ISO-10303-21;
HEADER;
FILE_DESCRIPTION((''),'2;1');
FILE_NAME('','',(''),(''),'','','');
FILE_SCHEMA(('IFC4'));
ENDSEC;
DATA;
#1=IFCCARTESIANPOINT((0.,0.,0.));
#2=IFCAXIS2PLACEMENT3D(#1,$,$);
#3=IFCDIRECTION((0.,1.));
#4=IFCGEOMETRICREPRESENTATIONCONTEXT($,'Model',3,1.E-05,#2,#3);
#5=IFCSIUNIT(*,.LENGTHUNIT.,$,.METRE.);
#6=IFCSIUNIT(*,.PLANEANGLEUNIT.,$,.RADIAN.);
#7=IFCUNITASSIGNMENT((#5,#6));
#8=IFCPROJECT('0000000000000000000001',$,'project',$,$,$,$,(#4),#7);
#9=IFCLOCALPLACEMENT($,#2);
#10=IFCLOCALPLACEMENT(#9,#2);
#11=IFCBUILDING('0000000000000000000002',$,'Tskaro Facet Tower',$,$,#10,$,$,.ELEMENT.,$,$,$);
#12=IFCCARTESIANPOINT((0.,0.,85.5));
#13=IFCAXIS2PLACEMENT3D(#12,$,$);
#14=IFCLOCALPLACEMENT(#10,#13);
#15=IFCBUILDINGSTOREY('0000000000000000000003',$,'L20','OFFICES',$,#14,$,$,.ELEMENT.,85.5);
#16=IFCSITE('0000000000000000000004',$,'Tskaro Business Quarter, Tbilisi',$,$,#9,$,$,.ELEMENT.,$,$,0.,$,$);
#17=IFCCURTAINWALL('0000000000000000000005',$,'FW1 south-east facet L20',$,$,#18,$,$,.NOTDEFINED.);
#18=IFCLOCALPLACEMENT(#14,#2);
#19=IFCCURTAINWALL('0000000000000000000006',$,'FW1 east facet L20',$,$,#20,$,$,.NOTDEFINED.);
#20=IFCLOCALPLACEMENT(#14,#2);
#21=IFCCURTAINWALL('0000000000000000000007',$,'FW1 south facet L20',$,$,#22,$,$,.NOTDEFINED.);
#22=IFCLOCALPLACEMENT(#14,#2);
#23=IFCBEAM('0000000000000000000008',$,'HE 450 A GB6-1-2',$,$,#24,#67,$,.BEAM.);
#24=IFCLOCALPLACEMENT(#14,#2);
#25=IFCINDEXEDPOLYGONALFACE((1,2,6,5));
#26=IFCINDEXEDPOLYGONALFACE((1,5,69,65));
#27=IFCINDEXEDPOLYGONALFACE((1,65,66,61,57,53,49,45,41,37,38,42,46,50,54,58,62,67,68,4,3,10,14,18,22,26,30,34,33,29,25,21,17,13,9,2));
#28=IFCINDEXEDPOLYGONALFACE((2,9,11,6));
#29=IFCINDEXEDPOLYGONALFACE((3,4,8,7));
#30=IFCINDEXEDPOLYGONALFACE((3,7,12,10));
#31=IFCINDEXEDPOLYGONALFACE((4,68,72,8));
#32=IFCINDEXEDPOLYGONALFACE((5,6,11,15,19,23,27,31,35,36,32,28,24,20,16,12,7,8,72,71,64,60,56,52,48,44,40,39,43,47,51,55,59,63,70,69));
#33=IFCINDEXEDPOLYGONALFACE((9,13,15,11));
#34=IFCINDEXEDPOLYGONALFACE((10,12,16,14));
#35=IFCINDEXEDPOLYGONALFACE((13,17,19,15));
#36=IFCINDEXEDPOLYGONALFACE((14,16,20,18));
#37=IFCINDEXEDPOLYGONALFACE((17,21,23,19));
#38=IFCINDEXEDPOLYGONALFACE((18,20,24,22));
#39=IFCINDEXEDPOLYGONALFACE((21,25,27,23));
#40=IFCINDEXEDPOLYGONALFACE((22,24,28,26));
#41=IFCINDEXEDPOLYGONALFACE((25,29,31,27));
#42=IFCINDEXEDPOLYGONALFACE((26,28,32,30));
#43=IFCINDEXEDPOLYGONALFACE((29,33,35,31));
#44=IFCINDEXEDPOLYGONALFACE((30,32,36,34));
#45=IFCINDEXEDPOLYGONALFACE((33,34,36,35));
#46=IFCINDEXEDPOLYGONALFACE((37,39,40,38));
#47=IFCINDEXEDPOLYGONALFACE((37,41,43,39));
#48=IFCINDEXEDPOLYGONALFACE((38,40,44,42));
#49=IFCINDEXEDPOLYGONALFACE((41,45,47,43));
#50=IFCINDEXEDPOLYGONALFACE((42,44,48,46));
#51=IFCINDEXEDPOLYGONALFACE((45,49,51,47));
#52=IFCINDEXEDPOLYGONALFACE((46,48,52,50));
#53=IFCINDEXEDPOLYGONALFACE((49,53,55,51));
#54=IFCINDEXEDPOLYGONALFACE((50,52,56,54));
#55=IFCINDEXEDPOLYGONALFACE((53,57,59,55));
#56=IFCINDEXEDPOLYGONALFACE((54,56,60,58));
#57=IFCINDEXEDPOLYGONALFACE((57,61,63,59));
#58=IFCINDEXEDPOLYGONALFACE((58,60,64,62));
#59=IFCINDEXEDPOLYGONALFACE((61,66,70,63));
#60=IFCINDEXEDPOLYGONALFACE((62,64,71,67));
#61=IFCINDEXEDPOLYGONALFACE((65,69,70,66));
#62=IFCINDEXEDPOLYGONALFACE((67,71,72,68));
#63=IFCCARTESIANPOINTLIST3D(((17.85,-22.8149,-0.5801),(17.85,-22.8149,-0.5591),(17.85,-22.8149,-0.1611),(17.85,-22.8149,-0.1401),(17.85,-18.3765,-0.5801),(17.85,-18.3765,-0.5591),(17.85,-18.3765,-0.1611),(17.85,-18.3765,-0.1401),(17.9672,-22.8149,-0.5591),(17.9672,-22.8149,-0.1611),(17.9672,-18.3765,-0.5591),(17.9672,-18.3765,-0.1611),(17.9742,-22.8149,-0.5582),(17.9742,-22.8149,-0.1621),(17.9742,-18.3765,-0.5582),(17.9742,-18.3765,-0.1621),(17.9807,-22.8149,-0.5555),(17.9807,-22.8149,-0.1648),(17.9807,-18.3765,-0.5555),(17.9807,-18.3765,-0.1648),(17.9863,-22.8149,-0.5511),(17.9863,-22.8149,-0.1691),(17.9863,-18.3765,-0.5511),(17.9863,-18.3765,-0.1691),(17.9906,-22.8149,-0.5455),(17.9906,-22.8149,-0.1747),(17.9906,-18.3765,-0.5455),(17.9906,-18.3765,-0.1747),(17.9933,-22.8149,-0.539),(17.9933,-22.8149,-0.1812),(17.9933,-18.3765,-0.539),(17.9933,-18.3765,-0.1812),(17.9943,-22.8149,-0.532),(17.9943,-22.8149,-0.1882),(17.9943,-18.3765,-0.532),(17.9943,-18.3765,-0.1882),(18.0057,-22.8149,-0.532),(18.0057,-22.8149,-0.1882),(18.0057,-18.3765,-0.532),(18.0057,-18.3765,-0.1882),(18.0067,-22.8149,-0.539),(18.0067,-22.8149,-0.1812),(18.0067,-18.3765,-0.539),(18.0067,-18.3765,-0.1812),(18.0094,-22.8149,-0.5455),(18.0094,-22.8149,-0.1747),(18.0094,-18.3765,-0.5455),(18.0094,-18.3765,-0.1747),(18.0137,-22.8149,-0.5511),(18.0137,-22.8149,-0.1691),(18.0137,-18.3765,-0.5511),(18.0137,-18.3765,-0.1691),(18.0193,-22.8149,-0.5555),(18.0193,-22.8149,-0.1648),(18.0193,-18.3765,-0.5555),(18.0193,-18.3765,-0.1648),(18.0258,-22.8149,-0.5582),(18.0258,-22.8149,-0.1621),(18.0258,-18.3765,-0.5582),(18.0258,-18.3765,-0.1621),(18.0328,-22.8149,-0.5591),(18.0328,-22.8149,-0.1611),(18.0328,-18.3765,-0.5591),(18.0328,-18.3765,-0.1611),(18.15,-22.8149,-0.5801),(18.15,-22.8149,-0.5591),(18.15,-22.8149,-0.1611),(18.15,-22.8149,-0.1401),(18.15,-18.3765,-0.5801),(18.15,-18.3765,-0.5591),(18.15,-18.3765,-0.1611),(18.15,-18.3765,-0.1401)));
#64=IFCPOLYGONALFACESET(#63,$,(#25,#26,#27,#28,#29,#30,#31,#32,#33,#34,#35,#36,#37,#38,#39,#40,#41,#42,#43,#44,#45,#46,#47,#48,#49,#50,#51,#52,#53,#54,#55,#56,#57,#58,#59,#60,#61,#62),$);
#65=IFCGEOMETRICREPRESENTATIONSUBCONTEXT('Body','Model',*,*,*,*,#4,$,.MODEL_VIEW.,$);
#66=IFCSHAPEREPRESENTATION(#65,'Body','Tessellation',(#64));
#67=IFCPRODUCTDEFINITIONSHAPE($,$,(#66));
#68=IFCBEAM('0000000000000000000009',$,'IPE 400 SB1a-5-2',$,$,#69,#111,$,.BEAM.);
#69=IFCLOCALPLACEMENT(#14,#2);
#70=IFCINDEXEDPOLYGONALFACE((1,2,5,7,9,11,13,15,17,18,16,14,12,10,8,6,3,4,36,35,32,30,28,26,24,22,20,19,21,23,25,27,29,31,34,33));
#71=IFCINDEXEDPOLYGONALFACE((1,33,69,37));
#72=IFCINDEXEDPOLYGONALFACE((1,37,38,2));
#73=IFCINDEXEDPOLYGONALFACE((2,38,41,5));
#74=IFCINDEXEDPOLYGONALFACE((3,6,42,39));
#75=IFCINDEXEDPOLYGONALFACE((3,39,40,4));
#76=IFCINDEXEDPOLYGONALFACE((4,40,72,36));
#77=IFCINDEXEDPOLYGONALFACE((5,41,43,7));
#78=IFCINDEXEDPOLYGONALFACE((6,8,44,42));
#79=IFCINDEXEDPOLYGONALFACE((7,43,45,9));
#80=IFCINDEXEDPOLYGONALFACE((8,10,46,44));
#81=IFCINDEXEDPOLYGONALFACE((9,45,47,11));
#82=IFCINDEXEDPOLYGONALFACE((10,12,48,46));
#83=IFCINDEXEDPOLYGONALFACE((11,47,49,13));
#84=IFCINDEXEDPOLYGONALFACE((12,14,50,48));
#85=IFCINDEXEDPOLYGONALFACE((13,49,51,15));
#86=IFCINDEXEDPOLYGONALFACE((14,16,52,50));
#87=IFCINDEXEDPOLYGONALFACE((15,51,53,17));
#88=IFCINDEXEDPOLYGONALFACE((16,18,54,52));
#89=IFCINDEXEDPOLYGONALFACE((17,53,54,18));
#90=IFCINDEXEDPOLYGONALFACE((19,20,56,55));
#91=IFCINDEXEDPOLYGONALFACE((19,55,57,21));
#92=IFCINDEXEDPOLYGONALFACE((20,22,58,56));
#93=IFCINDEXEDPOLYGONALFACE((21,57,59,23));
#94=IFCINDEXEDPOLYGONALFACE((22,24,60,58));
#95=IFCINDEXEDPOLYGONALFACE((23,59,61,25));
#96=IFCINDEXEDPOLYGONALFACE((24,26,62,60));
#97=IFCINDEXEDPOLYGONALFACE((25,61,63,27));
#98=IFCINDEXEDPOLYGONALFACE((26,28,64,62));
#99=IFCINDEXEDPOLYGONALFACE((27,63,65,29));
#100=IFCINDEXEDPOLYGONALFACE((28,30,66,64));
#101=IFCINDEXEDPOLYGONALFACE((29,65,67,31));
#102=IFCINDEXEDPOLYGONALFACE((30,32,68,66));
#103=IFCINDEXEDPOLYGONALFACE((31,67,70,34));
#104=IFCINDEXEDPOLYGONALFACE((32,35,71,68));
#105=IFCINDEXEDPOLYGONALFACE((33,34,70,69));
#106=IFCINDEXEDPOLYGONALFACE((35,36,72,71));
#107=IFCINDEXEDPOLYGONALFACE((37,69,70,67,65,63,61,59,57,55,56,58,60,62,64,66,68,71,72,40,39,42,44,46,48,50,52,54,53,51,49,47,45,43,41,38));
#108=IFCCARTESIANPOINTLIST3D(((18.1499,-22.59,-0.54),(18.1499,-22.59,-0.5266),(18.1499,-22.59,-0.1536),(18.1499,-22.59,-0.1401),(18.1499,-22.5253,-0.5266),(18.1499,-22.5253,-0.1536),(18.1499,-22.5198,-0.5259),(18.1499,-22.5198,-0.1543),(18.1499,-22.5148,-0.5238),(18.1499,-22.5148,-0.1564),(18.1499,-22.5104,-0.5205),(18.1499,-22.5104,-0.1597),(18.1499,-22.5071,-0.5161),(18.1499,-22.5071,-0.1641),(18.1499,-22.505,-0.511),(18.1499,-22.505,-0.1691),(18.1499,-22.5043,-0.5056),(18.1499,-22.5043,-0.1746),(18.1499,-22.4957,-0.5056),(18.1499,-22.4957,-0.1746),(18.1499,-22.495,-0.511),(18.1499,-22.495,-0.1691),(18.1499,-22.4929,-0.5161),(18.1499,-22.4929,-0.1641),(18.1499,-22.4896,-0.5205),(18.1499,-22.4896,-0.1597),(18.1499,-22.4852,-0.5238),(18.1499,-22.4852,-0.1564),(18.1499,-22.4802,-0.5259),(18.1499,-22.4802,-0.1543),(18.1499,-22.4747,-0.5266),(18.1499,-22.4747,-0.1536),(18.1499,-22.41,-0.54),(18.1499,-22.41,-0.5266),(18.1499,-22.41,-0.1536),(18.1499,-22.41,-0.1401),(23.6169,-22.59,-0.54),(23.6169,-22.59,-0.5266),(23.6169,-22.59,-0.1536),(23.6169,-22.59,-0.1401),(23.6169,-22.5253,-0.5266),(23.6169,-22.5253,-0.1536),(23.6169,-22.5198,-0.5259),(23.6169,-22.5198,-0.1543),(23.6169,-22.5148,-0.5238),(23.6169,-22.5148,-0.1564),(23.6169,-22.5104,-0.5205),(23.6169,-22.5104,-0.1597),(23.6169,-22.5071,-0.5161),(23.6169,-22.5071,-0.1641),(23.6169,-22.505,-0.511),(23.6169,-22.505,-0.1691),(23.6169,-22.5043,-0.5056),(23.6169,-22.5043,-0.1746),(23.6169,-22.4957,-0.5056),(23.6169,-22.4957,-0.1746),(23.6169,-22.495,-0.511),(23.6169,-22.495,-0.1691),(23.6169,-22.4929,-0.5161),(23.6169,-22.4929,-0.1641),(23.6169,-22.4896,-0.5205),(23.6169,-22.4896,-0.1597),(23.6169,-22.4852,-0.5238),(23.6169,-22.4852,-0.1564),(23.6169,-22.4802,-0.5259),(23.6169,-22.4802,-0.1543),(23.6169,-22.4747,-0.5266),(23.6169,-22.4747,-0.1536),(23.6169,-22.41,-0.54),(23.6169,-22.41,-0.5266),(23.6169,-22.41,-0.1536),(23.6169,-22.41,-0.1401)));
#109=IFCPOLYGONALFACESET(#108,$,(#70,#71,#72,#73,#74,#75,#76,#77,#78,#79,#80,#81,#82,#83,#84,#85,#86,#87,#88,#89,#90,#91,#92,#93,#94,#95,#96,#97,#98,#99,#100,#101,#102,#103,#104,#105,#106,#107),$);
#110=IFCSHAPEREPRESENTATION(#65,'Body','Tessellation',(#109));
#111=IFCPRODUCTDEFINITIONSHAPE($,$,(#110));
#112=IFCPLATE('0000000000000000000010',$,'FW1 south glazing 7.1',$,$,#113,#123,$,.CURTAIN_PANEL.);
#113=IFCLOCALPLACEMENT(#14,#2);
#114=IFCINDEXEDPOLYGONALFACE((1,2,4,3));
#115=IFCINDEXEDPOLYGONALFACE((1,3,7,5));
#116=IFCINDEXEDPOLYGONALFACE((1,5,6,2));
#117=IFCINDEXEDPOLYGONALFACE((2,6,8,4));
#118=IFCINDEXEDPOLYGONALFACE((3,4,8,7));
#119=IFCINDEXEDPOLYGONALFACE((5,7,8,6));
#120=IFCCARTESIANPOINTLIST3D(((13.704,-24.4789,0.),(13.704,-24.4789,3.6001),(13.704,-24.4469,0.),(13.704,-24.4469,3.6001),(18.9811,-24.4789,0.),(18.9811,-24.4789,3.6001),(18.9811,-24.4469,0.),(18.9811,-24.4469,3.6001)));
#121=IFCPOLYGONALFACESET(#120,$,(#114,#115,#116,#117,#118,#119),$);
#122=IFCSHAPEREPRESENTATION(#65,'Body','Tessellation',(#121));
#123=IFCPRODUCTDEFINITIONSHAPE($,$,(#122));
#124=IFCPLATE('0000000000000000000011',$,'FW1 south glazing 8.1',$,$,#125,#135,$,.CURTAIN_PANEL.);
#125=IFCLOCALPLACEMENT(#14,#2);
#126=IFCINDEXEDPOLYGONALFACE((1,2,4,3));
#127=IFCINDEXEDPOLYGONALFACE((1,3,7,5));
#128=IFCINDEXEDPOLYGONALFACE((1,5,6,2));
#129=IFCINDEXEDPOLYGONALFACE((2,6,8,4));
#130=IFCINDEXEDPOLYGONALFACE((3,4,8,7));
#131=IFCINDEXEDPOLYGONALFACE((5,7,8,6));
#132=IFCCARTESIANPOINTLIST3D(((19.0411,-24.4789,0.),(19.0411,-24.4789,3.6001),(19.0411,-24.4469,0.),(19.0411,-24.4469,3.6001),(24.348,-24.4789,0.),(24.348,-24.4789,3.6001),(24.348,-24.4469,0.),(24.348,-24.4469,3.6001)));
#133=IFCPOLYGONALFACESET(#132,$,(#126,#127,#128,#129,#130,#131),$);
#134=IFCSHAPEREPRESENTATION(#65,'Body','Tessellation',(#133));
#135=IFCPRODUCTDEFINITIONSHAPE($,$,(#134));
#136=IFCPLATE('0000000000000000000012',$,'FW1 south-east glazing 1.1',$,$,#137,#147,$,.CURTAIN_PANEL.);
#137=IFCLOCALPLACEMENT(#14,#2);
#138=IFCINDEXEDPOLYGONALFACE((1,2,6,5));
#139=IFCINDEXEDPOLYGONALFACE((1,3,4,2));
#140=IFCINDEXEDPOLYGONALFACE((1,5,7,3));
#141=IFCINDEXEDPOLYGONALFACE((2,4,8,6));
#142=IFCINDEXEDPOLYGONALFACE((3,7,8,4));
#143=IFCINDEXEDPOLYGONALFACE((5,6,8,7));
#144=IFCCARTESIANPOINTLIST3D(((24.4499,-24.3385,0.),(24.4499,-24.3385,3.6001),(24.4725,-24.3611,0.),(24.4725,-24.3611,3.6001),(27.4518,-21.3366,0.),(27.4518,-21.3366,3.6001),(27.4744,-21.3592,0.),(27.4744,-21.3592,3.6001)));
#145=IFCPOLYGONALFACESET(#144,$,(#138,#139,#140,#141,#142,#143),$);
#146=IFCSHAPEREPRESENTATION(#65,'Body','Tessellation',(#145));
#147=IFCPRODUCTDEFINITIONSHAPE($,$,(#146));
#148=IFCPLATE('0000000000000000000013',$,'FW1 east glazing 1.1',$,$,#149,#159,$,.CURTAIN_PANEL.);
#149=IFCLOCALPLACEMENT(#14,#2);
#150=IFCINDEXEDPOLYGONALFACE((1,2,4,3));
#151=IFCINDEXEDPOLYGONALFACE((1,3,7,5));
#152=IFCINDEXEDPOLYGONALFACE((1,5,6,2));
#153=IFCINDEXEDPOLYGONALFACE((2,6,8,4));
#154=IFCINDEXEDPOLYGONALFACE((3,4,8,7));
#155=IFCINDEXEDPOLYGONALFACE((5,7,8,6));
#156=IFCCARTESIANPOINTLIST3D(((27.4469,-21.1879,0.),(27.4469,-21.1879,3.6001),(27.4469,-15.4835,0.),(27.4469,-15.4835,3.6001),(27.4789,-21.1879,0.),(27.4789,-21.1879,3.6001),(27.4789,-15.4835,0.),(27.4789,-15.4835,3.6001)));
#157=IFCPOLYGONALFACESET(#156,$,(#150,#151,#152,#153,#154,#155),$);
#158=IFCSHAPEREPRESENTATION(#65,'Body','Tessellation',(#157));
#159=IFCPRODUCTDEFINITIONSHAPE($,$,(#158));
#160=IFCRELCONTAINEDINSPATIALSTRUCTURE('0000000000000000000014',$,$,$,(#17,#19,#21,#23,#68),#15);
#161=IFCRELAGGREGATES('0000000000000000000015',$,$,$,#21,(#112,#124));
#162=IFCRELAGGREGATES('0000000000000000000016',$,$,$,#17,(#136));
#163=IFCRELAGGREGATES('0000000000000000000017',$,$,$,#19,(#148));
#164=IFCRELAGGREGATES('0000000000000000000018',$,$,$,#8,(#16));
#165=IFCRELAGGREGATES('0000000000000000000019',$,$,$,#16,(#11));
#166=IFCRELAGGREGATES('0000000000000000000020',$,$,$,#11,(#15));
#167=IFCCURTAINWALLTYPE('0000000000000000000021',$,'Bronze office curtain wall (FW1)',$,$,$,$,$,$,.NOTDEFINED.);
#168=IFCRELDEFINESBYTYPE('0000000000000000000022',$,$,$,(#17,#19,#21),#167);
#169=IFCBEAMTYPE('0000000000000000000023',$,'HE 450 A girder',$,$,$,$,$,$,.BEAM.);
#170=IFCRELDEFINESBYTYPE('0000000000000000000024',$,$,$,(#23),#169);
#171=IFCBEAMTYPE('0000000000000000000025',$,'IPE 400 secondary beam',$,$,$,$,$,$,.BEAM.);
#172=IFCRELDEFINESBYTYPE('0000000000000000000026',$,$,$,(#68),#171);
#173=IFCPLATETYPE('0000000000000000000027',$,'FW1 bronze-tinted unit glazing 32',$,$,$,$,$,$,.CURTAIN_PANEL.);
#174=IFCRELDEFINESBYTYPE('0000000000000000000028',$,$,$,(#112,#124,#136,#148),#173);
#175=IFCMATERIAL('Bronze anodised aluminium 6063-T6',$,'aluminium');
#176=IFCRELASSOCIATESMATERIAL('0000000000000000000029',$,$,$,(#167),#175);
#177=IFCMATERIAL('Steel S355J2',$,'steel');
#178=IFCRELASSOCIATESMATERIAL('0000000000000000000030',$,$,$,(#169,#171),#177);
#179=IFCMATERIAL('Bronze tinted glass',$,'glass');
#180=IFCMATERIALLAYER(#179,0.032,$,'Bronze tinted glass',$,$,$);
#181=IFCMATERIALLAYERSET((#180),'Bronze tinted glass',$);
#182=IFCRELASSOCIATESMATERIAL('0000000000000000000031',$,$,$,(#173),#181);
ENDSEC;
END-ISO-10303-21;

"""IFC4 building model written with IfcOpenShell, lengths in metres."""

from ifc_helpers import new_model, si_unit, direction, frame, origin, origin_2d, place, context, subcontext, project, spatial, rectangle, i_section, extrude, material, layer, layer_set, material_profile, profile_set, type_object, element, aggregate, save


model = new_model("IFC4")

# Units and contexts
model_context = context("Model", 3, precision=1e-05, world=origin(), true_north=direction((0.0, 1.0)))
body_context = subcontext(model_context, "Body", "Model", "MODEL_VIEW")
ifc_project = project(units=[si_unit("LENGTHUNIT", "METRE"), si_unit("PLANEANGLEUNIT", "RADIAN")], contexts=[model_context])

# Site, building, storey
site_placement = place(None, origin())
site = spatial("IfcSite", under=ifc_project, at=site_placement, Name="Tskaro Business Quarter, Tbilisi", CompositionType="ELEMENT", RefElevation=0.0)
building_placement = place(site_placement, origin())
building = spatial("IfcBuilding", under=site, at=building_placement, Name="Tskaro Facet Tower", CompositionType="ELEMENT")
storey_placement = place(building_placement, frame((0.0, 0.0, 85.5)))
storey = spatial("IfcBuildingStorey", under=building, at=storey_placement, Name="L20", Description="OFFICES", CompositionType="ELEMENT", Elevation=85.5)

# Curtain walls
ifc_material_1 = material(Name="Bronze anodised aluminium 6063-T6", Category="aluminium")
curtain_wall_type = type_object("IfcCurtainWallType", Name="Bronze office curtain wall (FW1)", PredefinedType="NOTDEFINED", material=ifc_material_1)
curtain_wall_1_placement = place(storey_placement, origin())
curtain_wall_1 = element("IfcCurtainWall", 1, at=curtain_wall_1_placement, inside=storey, type_object=curtain_wall_type, Name="FW1 south-east facet L20", PredefinedType="NOTDEFINED")
curtain_wall_2_placement = place(storey_placement, origin())
curtain_wall_2 = element("IfcCurtainWall", 2, at=curtain_wall_2_placement, inside=storey, type_object=curtain_wall_type, Name="FW1 east facet L20", PredefinedType="NOTDEFINED")

# Curtain wall
curtain_wall_3_placement = place(storey_placement, origin())
curtain_wall_3 = element("IfcCurtainWall", 3, at=curtain_wall_3_placement, inside=storey, type_object=curtain_wall_type, Name="FW1 south facet L20", PredefinedType="NOTDEFINED")

# Beams
ifc_material_2 = material(Name="Steel S355J2", Category="steel")
ifc_material_profile_1 = material_profile(ifc_material_2, i_section(OverallWidth=0.3, OverallDepth=0.4399, WebThickness=0.0115, FlangeThickness=0.021, FilletRadius=0.0271, at=origin_2d()), Name="HE 450 A")
ifc_profile_set_1 = profile_set([ifc_material_profile_1], Name="Steel S355J2")
beam_type_1 = type_object("IfcBeamType", Name="HE 450 A girder", PredefinedType="BEAM", material=ifc_profile_set_1)
beam_1_placement = place(storey_placement, frame((18.0, -22.8149, -0.3601), z_axis=(0.0, 1.0, 0.0), x_axis=(-1.0, 0.0, 0.0)))
element("IfcBeam", 4, at=beam_1_placement, inside=storey, type_object=beam_type_1, Name="HE 450 A GB6-1-2", PredefinedType="BEAM", context=body_context, shape_type="SweptSolid", body=[
    extrude(i_section(OverallWidth=0.3, OverallDepth=0.4399, WebThickness=0.0115, FlangeThickness=0.021, FilletRadius=0.0271, at=origin_2d()), origin(), (0.0, 0.0, 1.0), 4.4385),
])
ifc_material_profile_2 = material_profile(ifc_material_2, i_section(OverallWidth=0.1799, OverallDepth=0.3999, WebThickness=0.0085, FlangeThickness=0.0134, FilletRadius=0.021, at=origin_2d()), Name="IPE 400")
ifc_profile_set_2 = profile_set([ifc_material_profile_2], Name="Steel S355J2")
beam_type_2 = type_object("IfcBeamType", Name="IPE 400 secondary beam", PredefinedType="BEAM", material=ifc_profile_set_2)
beam_2_placement = place(storey_placement, frame((18.1499, -22.5, -0.3401), z_axis=(1.0, 0.0, 0.0), x_axis=(0.0, 1.0, 0.0)))
element("IfcBeam", 5, at=beam_2_placement, inside=storey, type_object=beam_type_2, Name="IPE 400 SB1a-5-2", PredefinedType="BEAM", context=body_context, shape_type="SweptSolid", body=[
    extrude(i_section(OverallWidth=0.1799, OverallDepth=0.3999, WebThickness=0.0085, FlangeThickness=0.0134, FilletRadius=0.021, at=origin_2d()), origin(), (0.0, 0.0, 1.0), 5.467),
])

# Plates
ifc_material_3 = material(Name="Bronze tinted glass", Category="glass")
ifc_layer_1 = layer(ifc_material_3, 0.032, Name="Bronze tinted glass")
ifc_layer_set_1 = layer_set([ifc_layer_1], Name="Bronze tinted glass")
plate_type = type_object("IfcPlateType", Name="FW1 bronze-tinted unit glazing 32", PredefinedType="CURTAIN_PANEL", material=ifc_layer_set_1)
plate_1_placement = place(storey_placement, frame((16.3425, -24.4629, 0.0), z_axis=(0.0, 0.0, 1.0), x_axis=(1.0, 0.0, 0.0)))
plate_1 = element("IfcPlate", 6, at=plate_1_placement, type_object=plate_type, Name="FW1 south glazing 7.1", PredefinedType="CURTAIN_PANEL", context=body_context, shape_type="SweptSolid", body=[
    extrude(rectangle(XDim=5.2771, YDim=0.032, at=origin_2d()), origin(), (0.0, 0.0, 1.0), 3.6001),
])
plate_2_placement = place(storey_placement, frame((21.6946, -24.4629, 0.0), z_axis=(0.0, 0.0, 1.0), x_axis=(1.0, 0.0, 0.0)))
plate_2 = element("IfcPlate", 7, at=plate_2_placement, type_object=plate_type, Name="FW1 south glazing 8.1", PredefinedType="CURTAIN_PANEL", context=body_context, shape_type="SweptSolid", body=[
    extrude(rectangle(XDim=5.3069, YDim=0.032, at=origin_2d()), origin(), (0.0, 0.0, 1.0), 3.6001),
])
aggregate(curtain_wall_3, [plate_1, plate_2])
plate_3_placement = place(storey_placement, frame((25.9622, -22.8489, 0.0), z_axis=(0.0, 0.0, 1.0), x_axis=(0.707107, 0.707107, 0.0)))
plate_3 = element("IfcPlate", 8, at=plate_3_placement, type_object=plate_type, Name="FW1 south-east glazing 1.1", PredefinedType="CURTAIN_PANEL", context=body_context, shape_type="SweptSolid", body=[
    extrude(rectangle(XDim=4.2454, YDim=0.032, at=origin_2d()), origin(), (0.0, 0.0, 1.0), 3.6001),
])
aggregate(curtain_wall_1, [plate_3])
plate_4_placement = place(storey_placement, frame((27.4629, -18.3357, 0.0), z_axis=(0.0, 0.0, 1.0), x_axis=(0.0, 1.0, 0.0)))
plate_4 = element("IfcPlate", 9, at=plate_4_placement, type_object=plate_type, Name="FW1 east glazing 1.1", PredefinedType="CURTAIN_PANEL", context=body_context, shape_type="SweptSolid", body=[
    extrude(rectangle(XDim=5.7043, YDim=0.032, at=origin_2d()), origin(), (0.0, 0.0, 1.0), 3.6001),
])
aggregate(curtain_wall_2, [plate_4])

save(model, "model.ifc")
